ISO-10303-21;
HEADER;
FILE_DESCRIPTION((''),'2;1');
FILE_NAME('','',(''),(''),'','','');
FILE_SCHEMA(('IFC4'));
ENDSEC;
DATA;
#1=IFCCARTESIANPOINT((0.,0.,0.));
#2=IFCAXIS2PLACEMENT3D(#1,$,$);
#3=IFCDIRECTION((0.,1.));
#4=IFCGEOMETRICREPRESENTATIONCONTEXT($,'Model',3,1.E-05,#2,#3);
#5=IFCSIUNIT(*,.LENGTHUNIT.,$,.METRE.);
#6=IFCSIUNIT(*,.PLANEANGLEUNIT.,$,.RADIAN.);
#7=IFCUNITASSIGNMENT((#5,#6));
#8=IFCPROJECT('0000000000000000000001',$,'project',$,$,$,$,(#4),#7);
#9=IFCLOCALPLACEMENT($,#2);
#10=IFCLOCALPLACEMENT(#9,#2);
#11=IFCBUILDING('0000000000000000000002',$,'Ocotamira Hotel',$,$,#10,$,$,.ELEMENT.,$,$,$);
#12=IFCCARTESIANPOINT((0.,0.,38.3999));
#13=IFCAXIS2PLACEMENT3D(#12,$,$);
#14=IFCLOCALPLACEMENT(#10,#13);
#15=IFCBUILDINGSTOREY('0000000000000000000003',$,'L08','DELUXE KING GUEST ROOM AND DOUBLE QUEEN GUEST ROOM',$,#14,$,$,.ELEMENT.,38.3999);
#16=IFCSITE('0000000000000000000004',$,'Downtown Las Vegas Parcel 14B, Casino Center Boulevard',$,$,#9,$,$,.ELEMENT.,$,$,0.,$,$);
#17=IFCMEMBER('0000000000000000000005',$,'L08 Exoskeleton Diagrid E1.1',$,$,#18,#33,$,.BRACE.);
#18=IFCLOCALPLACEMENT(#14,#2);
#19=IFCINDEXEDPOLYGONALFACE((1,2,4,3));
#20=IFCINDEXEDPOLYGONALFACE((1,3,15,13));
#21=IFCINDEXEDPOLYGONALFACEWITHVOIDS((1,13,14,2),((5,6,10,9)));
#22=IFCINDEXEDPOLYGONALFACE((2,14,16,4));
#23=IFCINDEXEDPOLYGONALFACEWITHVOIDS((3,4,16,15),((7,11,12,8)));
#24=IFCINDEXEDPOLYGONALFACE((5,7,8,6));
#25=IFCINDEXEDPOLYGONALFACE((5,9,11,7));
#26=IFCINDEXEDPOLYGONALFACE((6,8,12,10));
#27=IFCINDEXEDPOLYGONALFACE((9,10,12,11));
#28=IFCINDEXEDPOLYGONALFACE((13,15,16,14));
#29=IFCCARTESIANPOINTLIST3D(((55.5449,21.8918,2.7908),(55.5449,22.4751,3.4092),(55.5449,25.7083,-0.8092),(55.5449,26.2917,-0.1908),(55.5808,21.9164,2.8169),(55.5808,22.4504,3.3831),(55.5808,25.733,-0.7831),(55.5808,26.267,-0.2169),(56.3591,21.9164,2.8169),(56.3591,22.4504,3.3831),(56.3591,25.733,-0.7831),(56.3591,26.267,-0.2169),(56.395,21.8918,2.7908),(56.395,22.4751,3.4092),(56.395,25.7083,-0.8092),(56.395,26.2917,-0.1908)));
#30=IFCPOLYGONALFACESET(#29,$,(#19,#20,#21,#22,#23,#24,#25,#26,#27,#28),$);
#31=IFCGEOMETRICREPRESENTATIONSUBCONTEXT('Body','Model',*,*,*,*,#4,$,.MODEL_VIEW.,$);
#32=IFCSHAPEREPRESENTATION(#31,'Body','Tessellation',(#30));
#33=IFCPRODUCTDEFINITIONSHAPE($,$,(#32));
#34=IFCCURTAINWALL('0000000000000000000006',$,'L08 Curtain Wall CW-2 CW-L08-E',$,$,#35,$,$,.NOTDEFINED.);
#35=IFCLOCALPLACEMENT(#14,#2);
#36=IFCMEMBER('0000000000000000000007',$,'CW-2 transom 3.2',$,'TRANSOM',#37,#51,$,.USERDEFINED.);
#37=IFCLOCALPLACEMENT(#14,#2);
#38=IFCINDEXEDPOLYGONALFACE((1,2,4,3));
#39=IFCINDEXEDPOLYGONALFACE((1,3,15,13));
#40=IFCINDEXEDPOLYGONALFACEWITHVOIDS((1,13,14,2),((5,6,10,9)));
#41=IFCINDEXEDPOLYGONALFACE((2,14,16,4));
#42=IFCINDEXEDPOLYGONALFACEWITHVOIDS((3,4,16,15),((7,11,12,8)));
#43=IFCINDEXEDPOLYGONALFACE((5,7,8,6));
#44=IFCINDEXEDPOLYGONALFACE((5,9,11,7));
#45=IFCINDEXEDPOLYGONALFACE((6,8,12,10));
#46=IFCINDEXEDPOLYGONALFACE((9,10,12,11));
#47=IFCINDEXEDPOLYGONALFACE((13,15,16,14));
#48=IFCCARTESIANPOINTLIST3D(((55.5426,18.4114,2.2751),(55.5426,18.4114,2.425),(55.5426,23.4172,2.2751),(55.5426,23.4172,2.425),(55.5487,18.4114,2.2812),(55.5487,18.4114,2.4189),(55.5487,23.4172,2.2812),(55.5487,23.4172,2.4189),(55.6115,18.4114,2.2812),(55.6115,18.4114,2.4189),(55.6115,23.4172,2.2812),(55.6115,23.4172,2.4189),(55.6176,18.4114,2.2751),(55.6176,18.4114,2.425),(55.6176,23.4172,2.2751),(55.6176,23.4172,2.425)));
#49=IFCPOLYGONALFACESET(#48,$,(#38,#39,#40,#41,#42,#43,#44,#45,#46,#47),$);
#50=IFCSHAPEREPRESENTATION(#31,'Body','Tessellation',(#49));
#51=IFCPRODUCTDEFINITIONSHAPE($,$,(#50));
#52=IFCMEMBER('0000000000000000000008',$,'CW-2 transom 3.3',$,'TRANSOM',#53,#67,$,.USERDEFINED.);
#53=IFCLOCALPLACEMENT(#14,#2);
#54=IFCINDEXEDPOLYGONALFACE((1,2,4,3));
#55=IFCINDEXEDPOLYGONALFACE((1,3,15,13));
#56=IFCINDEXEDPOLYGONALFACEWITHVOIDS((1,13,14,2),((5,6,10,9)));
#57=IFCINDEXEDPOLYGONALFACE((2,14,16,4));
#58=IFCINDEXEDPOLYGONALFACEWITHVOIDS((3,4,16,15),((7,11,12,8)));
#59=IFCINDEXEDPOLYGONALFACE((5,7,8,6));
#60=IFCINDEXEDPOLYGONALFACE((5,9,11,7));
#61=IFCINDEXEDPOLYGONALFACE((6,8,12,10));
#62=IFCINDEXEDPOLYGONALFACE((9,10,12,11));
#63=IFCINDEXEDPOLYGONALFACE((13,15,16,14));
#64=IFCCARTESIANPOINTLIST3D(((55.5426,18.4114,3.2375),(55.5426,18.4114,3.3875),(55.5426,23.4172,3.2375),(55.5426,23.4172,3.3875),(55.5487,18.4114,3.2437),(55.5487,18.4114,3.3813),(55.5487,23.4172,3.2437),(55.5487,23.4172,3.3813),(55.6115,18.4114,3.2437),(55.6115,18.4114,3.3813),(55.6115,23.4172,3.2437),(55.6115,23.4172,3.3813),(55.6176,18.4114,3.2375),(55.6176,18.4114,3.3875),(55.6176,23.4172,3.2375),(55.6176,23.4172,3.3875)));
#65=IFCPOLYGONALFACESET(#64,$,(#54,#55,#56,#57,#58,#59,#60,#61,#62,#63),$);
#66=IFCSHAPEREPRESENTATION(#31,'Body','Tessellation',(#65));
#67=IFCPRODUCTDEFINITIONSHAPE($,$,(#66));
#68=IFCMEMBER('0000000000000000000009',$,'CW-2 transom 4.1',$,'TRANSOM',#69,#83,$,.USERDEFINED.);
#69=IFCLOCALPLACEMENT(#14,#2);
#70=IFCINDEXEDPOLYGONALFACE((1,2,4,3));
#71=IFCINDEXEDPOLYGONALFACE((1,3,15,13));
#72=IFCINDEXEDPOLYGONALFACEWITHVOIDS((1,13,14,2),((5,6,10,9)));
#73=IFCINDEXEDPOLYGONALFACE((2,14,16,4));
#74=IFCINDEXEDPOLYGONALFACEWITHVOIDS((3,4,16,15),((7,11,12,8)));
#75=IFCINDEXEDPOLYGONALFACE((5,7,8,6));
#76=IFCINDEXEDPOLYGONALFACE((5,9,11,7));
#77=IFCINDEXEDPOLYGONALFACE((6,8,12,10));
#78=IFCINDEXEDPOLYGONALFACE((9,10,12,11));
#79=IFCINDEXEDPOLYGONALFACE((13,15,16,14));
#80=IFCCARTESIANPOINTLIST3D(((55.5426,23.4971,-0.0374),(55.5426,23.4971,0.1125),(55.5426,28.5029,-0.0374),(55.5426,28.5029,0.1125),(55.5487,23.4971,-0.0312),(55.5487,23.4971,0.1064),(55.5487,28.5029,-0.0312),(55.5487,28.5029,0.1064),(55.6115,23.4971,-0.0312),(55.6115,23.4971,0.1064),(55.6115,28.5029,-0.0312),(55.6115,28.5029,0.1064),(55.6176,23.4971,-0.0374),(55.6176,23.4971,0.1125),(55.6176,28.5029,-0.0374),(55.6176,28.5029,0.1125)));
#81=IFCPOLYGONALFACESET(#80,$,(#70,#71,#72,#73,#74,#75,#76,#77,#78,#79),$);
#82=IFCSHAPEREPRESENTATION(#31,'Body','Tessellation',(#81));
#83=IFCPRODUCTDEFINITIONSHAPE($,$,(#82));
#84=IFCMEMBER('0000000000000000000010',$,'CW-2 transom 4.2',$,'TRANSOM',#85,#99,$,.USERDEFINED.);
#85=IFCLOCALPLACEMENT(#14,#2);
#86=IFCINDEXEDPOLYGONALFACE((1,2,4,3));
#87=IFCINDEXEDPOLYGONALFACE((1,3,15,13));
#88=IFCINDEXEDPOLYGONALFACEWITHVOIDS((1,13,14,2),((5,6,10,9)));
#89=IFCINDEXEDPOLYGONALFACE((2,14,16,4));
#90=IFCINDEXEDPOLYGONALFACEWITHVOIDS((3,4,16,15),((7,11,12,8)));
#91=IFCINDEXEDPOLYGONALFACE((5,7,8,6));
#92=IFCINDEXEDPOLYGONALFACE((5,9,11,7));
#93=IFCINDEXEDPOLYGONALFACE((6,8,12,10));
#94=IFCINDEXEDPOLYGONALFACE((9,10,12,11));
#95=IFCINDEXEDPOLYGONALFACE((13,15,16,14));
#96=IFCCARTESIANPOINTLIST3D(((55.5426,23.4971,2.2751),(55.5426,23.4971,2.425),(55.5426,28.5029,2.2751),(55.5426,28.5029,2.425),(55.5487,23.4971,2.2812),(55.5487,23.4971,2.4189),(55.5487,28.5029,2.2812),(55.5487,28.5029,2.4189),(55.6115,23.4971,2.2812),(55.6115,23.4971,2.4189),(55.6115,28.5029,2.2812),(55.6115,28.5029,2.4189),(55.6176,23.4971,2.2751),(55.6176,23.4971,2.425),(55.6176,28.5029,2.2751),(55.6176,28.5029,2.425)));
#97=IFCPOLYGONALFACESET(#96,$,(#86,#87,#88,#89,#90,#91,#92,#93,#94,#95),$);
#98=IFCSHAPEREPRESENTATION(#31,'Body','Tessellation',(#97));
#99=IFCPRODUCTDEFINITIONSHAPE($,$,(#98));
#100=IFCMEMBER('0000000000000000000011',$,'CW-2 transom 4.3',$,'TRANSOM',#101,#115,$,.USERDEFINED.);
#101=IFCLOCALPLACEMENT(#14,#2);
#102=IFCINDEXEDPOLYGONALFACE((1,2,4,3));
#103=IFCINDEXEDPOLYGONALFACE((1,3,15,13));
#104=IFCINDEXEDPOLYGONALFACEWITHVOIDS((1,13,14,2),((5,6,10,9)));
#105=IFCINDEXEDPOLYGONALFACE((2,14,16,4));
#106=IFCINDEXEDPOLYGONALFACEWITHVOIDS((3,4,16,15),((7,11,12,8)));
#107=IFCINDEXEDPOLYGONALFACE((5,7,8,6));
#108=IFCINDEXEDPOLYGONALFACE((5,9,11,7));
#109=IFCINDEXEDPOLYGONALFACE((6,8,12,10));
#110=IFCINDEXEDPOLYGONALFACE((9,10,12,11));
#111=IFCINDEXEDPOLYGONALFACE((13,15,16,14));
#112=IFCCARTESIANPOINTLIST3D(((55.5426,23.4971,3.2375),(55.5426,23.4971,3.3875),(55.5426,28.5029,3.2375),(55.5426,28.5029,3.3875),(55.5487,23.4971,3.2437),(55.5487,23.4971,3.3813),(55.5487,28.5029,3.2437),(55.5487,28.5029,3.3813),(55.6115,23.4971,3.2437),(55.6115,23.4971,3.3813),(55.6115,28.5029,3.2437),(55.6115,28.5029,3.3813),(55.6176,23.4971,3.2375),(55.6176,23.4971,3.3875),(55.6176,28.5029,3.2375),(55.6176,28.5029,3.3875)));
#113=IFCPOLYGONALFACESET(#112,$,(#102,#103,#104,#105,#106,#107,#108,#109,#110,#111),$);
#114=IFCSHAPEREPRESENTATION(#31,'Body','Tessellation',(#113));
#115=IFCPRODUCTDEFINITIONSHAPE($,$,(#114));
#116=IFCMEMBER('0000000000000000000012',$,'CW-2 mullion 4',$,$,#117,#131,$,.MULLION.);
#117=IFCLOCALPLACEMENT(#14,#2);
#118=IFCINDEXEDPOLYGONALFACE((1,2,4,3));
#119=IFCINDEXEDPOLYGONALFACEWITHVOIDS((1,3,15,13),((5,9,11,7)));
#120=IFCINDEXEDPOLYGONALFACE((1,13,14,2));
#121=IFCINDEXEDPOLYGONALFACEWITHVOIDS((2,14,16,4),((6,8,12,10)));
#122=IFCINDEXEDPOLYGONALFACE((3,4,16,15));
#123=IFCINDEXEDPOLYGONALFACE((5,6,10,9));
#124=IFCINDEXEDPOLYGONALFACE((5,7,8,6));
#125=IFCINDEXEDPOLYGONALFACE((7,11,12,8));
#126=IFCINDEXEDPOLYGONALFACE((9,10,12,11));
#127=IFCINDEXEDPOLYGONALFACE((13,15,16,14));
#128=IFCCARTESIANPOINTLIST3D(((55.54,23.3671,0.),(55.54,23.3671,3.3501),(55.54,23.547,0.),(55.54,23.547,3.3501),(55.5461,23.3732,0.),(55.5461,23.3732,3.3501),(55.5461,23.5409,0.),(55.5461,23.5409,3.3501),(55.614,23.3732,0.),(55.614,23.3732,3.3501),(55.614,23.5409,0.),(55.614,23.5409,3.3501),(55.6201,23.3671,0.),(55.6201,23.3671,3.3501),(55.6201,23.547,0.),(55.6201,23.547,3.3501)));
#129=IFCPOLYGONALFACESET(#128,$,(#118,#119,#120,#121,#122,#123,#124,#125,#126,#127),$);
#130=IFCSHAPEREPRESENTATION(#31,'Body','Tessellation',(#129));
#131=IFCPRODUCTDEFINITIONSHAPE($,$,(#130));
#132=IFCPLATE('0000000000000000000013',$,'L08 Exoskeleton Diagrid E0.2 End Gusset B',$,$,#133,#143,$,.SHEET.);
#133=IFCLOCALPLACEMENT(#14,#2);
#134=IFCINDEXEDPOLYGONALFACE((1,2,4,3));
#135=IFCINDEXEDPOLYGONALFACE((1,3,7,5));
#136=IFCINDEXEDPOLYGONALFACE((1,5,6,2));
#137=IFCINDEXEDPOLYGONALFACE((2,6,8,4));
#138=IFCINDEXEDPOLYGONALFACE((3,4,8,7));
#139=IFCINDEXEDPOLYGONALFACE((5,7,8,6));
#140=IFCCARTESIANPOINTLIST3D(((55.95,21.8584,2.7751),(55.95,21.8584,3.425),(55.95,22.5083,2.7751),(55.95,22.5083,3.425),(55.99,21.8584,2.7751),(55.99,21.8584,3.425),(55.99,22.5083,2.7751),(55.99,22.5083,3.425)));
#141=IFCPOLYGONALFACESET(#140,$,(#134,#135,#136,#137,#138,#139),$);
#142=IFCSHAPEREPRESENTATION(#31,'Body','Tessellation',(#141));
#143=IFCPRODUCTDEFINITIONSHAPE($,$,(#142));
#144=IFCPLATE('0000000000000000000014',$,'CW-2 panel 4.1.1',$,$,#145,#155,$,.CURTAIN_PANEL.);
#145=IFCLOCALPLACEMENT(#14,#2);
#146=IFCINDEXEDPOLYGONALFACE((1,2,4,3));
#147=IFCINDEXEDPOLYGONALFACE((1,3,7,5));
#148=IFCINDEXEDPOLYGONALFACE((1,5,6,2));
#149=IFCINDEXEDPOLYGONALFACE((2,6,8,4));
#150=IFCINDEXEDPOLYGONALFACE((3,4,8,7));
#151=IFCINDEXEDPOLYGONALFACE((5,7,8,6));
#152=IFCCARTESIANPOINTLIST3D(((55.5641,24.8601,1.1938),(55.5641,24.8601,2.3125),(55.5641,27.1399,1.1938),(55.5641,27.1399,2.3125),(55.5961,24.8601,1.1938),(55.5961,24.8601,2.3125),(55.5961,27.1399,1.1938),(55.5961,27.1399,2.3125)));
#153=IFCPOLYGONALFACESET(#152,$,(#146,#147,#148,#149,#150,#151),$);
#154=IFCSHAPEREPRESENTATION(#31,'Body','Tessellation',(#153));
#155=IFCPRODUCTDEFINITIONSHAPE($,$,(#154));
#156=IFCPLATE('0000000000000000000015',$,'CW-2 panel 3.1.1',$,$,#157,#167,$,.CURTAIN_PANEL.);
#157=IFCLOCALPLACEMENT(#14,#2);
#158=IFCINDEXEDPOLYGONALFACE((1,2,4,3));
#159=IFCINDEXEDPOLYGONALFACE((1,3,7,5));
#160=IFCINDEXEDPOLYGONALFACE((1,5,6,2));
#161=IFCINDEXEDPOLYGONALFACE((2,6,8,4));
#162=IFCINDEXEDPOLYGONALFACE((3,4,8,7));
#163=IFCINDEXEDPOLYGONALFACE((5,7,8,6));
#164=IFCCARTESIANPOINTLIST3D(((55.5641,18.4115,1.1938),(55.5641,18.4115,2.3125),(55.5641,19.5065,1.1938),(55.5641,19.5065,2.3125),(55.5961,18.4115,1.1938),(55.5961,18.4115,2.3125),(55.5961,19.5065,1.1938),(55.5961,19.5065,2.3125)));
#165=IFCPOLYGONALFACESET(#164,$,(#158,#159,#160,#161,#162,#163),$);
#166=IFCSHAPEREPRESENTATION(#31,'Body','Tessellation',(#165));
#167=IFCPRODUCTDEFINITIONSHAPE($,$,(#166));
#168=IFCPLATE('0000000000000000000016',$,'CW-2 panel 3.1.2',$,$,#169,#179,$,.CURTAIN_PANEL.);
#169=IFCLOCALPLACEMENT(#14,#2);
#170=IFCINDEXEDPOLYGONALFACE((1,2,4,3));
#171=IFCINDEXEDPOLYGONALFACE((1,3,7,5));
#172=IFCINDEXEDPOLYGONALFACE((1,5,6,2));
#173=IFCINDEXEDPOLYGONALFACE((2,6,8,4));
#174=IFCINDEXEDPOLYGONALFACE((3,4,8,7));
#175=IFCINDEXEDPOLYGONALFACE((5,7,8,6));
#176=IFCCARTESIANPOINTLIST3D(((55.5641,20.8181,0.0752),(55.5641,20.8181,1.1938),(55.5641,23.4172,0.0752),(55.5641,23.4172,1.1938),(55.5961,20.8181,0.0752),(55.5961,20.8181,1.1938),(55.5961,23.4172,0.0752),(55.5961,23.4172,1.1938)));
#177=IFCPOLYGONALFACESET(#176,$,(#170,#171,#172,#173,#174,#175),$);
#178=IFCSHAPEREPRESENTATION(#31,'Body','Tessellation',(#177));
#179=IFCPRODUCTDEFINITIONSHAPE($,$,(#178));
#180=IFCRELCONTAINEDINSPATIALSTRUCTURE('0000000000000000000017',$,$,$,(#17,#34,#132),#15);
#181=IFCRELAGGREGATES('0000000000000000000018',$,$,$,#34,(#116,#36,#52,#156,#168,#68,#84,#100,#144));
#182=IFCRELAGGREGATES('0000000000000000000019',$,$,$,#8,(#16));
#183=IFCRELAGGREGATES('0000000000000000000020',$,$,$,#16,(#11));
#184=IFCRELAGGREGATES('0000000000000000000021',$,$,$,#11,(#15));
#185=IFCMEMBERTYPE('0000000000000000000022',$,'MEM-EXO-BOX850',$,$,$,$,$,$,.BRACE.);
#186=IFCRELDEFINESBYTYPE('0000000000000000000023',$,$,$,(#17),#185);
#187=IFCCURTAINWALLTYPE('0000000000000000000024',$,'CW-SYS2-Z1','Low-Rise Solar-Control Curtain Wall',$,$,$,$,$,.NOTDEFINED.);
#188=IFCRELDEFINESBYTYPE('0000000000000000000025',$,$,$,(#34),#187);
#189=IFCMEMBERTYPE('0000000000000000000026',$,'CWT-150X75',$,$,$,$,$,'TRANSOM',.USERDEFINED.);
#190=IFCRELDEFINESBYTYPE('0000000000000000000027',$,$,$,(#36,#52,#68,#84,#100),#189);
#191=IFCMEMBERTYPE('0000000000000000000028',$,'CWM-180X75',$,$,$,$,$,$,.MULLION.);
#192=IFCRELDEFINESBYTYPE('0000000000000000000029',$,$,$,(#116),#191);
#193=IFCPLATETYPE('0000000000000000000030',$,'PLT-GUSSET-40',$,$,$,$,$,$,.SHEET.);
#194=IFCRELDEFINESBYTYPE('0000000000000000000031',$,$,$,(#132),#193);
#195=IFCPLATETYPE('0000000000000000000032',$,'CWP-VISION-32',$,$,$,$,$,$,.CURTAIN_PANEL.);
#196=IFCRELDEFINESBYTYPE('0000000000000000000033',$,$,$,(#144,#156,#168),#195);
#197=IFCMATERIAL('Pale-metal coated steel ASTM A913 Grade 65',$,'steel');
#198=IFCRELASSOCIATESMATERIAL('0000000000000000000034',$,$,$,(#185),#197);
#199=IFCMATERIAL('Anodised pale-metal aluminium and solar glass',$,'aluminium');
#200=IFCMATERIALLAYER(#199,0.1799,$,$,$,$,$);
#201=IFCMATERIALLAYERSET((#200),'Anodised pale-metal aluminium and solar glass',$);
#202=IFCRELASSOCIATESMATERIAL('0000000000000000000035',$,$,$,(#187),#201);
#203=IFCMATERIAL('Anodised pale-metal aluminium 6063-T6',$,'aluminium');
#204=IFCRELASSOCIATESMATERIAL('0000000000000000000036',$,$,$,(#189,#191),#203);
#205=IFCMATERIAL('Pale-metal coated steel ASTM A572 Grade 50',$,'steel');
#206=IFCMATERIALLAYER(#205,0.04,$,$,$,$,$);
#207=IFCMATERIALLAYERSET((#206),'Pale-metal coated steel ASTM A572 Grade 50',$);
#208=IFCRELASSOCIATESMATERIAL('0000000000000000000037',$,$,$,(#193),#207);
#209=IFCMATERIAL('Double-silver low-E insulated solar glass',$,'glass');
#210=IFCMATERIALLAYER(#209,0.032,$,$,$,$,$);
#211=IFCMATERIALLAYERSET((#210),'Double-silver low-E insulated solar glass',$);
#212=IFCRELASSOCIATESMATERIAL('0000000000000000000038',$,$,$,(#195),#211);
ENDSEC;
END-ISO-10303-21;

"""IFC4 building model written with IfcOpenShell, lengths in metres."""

from ifc_helpers import new_model, si_unit, direction, frame, origin, origin_2d, place, context, subcontext, project, spatial, rectangle, hollow_rectangle, extrude, source, transform, mapped, material, layer, layer_set, material_profile, profile_set, type_object, element, aggregate, save


model = new_model("IFC4")

# Units and contexts
model_context = context("Model", 3, precision=1e-05, world=origin(), true_north=direction((0.0, 1.0)))
body_context = subcontext(model_context, "Body", "Model", "MODEL_VIEW")
ifc_project = project(units=[si_unit("LENGTHUNIT", "METRE"), si_unit("PLANEANGLEUNIT", "RADIAN")], contexts=[model_context])

# Site, building, storey
site_placement = place(None, origin())
site = spatial("IfcSite", under=ifc_project, at=site_placement, Name="Downtown Las Vegas Parcel 14B, Casino Center Boulevard", CompositionType="ELEMENT", RefElevation=0.0)
building_placement = place(site_placement, origin())
building = spatial("IfcBuilding", under=site, at=building_placement, Name="Ocotamira Hotel", CompositionType="ELEMENT")
storey_placement = place(building_placement, frame((0.0, 0.0, 38.3999)))
storey = spatial("IfcBuildingStorey", under=building, at=storey_placement, Name="L08", Description="DELUXE KING GUEST ROOM AND DOUBLE QUEEN GUEST ROOM", CompositionType="ELEMENT", Elevation=38.3999)

# Member
ifc_material_1 = material(Name="Pale-metal coated steel ASTM A913 Grade 65", Category="steel")
ifc_material_profile_1 = material_profile(ifc_material_1, hollow_rectangle(XDim=0.8501, YDim=0.8501, WallThickness=0.0359, at=origin_2d()), Name="BOX850X850X36")
ifc_profile_set_1 = profile_set([ifc_material_profile_1], Name="Pale-metal coated steel ASTM A913 Grade 65")
member_type_1 = type_object("IfcMemberType", Name="MEM-EXO-BOX850", PredefinedType="BRACE", material=ifc_profile_set_1)
shared_shape_1 = source(origin(), body_context, "Body", "SweptSolid", [
    extrude(hollow_rectangle(XDim=0.8501, YDim=0.8501, WallThickness=0.0359, at=origin_2d()), origin(), (0.0, 0.0, 1.0), 5.2466),
])
member_1_placement = place(storey_placement, frame((55.97, 26.0, -0.5), z_axis=(0.0, -0.727443, 0.686168), x_axis=(1.0, 0.0, 0.0)))
element("IfcMember", 1, at=member_1_placement, inside=storey, type_object=member_type_1, Name="L08 Exoskeleton Diagrid E1.1", PredefinedType="BRACE", context=body_context, shape_type="MappedRepresentation", body=[
    mapped(shared_shape_1, transform((0.0, 0.0, 0.0), scale=1.0)),
])

# Curtain wall, members
ifc_material_2 = material(Name="Anodised pale-metal aluminium and solar glass", Category="aluminium")
ifc_layer_1 = layer(ifc_material_2, 0.1799)
ifc_layer_set_1 = layer_set([ifc_layer_1], Name="Anodised pale-metal aluminium and solar glass")
curtain_wall_type = type_object("IfcCurtainWallType", Name="CW-SYS2-Z1", Description="Low-Rise Solar-Control Curtain Wall", PredefinedType="NOTDEFINED", material=ifc_layer_set_1)
curtain_wall_placement = place(storey_placement, origin())
curtain_wall = element("IfcCurtainWall", 2, at=curtain_wall_placement, inside=storey, type_object=curtain_wall_type, Name="L08 Curtain Wall CW-2 CW-L08-E", PredefinedType="NOTDEFINED")
ifc_material_3 = material(Name="Anodised pale-metal aluminium 6063-T6", Category="aluminium")
ifc_material_profile_2 = material_profile(ifc_material_3, hollow_rectangle(XDim=0.075, YDim=0.1499, WallThickness=0.0061, at=origin_2d()), Name="HSS150X75X6")
ifc_profile_set_2 = profile_set([ifc_material_profile_2], Name="Anodised pale-metal aluminium 6063-T6")
member_type_2 = type_object("IfcMemberType", Name="CWT-150X75", ElementType="TRANSOM", PredefinedType="USERDEFINED", material=ifc_profile_set_2)
shared_shape_2 = source(origin(), body_context, "Body", "SweptSolid", [
    extrude(hollow_rectangle(XDim=0.075, YDim=0.1499, WallThickness=0.0061, at=origin_2d()), origin(), (0.0, 0.0, 1.0), 5.0059),
])
member_2_placement = place(storey_placement, frame((55.5801, 18.4114, 2.3501), z_axis=(0.0, 1.0, 0.0), x_axis=(-1.0, 0.0, 0.0)))
member_2 = element("IfcMember", 3, at=member_2_placement, type_object=member_type_2, Name="CW-2 transom 3.2", ObjectType="TRANSOM", PredefinedType="USERDEFINED", context=body_context, shape_type="MappedRepresentation", body=[
    mapped(shared_shape_2, transform((0.0, 0.0, 0.0), scale=1.0)),
])
member_3_placement = place(storey_placement, frame((55.5801, 18.4114, 3.3125), z_axis=(0.0, 1.0, 0.0), x_axis=(-1.0, 0.0, 0.0)))
member_3 = element("IfcMember", 4, at=member_3_placement, type_object=member_type_2, Name="CW-2 transom 3.3", ObjectType="TRANSOM", PredefinedType="USERDEFINED", context=body_context, shape_type="MappedRepresentation", body=[
    mapped(shared_shape_2, transform((0.0, 0.0, 0.0), scale=1.0)),
])
member_4_placement = place(storey_placement, frame((55.5801, 23.4971, 0.0376), z_axis=(0.0, 1.0, 0.0), x_axis=(-1.0, 0.0, 0.0)))
member_4 = element("IfcMember", 5, at=member_4_placement, type_object=member_type_2, Name="CW-2 transom 4.1", ObjectType="TRANSOM", PredefinedType="USERDEFINED", context=body_context, shape_type="MappedRepresentation", body=[
    mapped(shared_shape_2, transform((0.0, 0.0, 0.0), scale=1.0)),
])
member_5_placement = place(storey_placement, frame((55.5801, 23.4971, 2.3501), z_axis=(0.0, 1.0, 0.0), x_axis=(-1.0, 0.0, 0.0)))
member_5 = element("IfcMember", 6, at=member_5_placement, type_object=member_type_2, Name="CW-2 transom 4.2", ObjectType="TRANSOM", PredefinedType="USERDEFINED", context=body_context, shape_type="MappedRepresentation", body=[
    mapped(shared_shape_2, transform((0.0, 0.0, 0.0), scale=1.0)),
])
member_6_placement = place(storey_placement, frame((55.5801, 23.4971, 3.3125), z_axis=(0.0, 1.0, 0.0), x_axis=(-1.0, 0.0, 0.0)))
member_6 = element("IfcMember", 7, at=member_6_placement, type_object=member_type_2, Name="CW-2 transom 4.3", ObjectType="TRANSOM", PredefinedType="USERDEFINED", context=body_context, shape_type="MappedRepresentation", body=[
    mapped(shared_shape_2, transform((0.0, 0.0, 0.0), scale=1.0)),
])
ifc_material_profile_3 = material_profile(ifc_material_3, hollow_rectangle(XDim=0.0801, YDim=0.1799, WallThickness=0.0061, at=origin_2d()), Name="HSS180X80X6")
ifc_profile_set_3 = profile_set([ifc_material_profile_3], Name="Anodised pale-metal aluminium 6063-T6")
member_type_3 = type_object("IfcMemberType", Name="CWM-180X75", PredefinedType="MULLION", material=ifc_profile_set_3)
shared_shape_3 = source(origin(), body_context, "Body", "SweptSolid", [
    extrude(hollow_rectangle(XDim=0.0801, YDim=0.1799, WallThickness=0.0061, at=origin_2d()), origin(), (0.0, 0.0, 1.0), 3.3501),
])
member_7_placement = place(storey_placement, frame((55.5801, 23.457, 0.0), z_axis=(0.0, 0.0, 1.0), x_axis=(-1.0, 0.0, 0.0)))
member_7 = element("IfcMember", 8, at=member_7_placement, type_object=member_type_3, Name="CW-2 mullion 4", PredefinedType="MULLION", context=body_context, shape_type="MappedRepresentation", body=[
    mapped(shared_shape_3, transform((0.0, 0.0, 0.0), scale=1.0)),
])

# Plates
ifc_material_4 = material(Name="Pale-metal coated steel ASTM A572 Grade 50", Category="steel")
ifc_layer_2 = layer(ifc_material_4, 0.04)
ifc_layer_set_2 = layer_set([ifc_layer_2], Name="Pale-metal coated steel ASTM A572 Grade 50")
plate_type_1 = type_object("IfcPlateType", Name="PLT-GUSSET-40", PredefinedType="SHEET", material=ifc_layer_set_2)
shared_shape_4 = source(origin(), body_context, "Body", "SweptSolid", [
    extrude(rectangle(XDim=0.04, YDim=0.6499, at=origin_2d()), origin(), (0.0, 0.0, 1.0), 0.6499),
])
plate_1_placement = place(storey_placement, frame((55.97, 22.1833, 2.7751), z_axis=(0.0, 0.0, 1.0), x_axis=(1.0, 0.0, 0.0)))
element("IfcPlate", 9, at=plate_1_placement, inside=storey, type_object=plate_type_1, Name="L08 Exoskeleton Diagrid E0.2 End Gusset B", PredefinedType="SHEET", context=body_context, shape_type="MappedRepresentation", body=[
    mapped(shared_shape_4, transform((0.0, 0.0, 0.0), scale=1.0)),
])
ifc_material_5 = material(Name="Double-silver low-E insulated solar glass", Category="glass")
ifc_layer_3 = layer(ifc_material_5, 0.032)
ifc_layer_set_3 = layer_set([ifc_layer_3], Name="Double-silver low-E insulated solar glass")
plate_type_2 = type_object("IfcPlateType", Name="CWP-VISION-32", PredefinedType="CURTAIN_PANEL", material=ifc_layer_set_3)
shared_shape_5 = source(origin(), body_context, "Body", "SweptSolid", [
    extrude(rectangle(XDim=2.2798, YDim=0.032, at=origin_2d()), origin(), (0.0, 0.0, 1.0), 1.1187),
])
plate_2_placement = place(storey_placement, frame((55.5801, 26.0, 1.1938), z_axis=(0.0, 0.0, 1.0), x_axis=(0.0, 1.0, 0.0)))
plate_2 = element("IfcPlate", 10, at=plate_2_placement, type_object=plate_type_2, Name="CW-2 panel 4.1.1", PredefinedType="CURTAIN_PANEL", context=body_context, shape_type="MappedRepresentation", body=[
    mapped(shared_shape_5, transform((0.0, 0.0, 0.0), scale=1.0)),
])
shared_shape_6 = source(origin(), body_context, "Body", "SweptSolid", [
    extrude(rectangle(XDim=1.095, YDim=0.032, at=origin_2d()), origin(), (0.0, 0.0, 1.0), 1.1187),
])
plate_3_placement = place(storey_placement, frame((55.5801, 18.959, 1.1938), z_axis=(0.0, 0.0, 1.0), x_axis=(0.0, 1.0, 0.0)))
plate_3 = element("IfcPlate", 11, at=plate_3_placement, type_object=plate_type_2, Name="CW-2 panel 3.1.1", PredefinedType="CURTAIN_PANEL", context=body_context, shape_type="MappedRepresentation", body=[
    mapped(shared_shape_6, transform((0.0, 0.0, 0.0), scale=1.0)),
])
shared_shape_7 = source(origin(), body_context, "Body", "SweptSolid", [
    extrude(rectangle(XDim=2.5991, YDim=0.032, at=origin_2d()), origin(), (0.0, 0.0, 1.0), 1.1187),
])
plate_4_placement = place(storey_placement, frame((55.5801, 22.1177, 0.0752), z_axis=(0.0, 0.0, 1.0), x_axis=(0.0, 1.0, 0.0)))
plate_4 = element("IfcPlate", 12, at=plate_4_placement, type_object=plate_type_2, Name="CW-2 panel 3.1.2", PredefinedType="CURTAIN_PANEL", context=body_context, shape_type="MappedRepresentation", body=[
    mapped(shared_shape_7, transform((0.0, 0.0, 0.0), scale=1.0)),
])
aggregate(curtain_wall, [member_7, member_2, member_3, plate_3, plate_4, member_4, member_5, member_6, plate_2])

save(model, "model.ifc")
